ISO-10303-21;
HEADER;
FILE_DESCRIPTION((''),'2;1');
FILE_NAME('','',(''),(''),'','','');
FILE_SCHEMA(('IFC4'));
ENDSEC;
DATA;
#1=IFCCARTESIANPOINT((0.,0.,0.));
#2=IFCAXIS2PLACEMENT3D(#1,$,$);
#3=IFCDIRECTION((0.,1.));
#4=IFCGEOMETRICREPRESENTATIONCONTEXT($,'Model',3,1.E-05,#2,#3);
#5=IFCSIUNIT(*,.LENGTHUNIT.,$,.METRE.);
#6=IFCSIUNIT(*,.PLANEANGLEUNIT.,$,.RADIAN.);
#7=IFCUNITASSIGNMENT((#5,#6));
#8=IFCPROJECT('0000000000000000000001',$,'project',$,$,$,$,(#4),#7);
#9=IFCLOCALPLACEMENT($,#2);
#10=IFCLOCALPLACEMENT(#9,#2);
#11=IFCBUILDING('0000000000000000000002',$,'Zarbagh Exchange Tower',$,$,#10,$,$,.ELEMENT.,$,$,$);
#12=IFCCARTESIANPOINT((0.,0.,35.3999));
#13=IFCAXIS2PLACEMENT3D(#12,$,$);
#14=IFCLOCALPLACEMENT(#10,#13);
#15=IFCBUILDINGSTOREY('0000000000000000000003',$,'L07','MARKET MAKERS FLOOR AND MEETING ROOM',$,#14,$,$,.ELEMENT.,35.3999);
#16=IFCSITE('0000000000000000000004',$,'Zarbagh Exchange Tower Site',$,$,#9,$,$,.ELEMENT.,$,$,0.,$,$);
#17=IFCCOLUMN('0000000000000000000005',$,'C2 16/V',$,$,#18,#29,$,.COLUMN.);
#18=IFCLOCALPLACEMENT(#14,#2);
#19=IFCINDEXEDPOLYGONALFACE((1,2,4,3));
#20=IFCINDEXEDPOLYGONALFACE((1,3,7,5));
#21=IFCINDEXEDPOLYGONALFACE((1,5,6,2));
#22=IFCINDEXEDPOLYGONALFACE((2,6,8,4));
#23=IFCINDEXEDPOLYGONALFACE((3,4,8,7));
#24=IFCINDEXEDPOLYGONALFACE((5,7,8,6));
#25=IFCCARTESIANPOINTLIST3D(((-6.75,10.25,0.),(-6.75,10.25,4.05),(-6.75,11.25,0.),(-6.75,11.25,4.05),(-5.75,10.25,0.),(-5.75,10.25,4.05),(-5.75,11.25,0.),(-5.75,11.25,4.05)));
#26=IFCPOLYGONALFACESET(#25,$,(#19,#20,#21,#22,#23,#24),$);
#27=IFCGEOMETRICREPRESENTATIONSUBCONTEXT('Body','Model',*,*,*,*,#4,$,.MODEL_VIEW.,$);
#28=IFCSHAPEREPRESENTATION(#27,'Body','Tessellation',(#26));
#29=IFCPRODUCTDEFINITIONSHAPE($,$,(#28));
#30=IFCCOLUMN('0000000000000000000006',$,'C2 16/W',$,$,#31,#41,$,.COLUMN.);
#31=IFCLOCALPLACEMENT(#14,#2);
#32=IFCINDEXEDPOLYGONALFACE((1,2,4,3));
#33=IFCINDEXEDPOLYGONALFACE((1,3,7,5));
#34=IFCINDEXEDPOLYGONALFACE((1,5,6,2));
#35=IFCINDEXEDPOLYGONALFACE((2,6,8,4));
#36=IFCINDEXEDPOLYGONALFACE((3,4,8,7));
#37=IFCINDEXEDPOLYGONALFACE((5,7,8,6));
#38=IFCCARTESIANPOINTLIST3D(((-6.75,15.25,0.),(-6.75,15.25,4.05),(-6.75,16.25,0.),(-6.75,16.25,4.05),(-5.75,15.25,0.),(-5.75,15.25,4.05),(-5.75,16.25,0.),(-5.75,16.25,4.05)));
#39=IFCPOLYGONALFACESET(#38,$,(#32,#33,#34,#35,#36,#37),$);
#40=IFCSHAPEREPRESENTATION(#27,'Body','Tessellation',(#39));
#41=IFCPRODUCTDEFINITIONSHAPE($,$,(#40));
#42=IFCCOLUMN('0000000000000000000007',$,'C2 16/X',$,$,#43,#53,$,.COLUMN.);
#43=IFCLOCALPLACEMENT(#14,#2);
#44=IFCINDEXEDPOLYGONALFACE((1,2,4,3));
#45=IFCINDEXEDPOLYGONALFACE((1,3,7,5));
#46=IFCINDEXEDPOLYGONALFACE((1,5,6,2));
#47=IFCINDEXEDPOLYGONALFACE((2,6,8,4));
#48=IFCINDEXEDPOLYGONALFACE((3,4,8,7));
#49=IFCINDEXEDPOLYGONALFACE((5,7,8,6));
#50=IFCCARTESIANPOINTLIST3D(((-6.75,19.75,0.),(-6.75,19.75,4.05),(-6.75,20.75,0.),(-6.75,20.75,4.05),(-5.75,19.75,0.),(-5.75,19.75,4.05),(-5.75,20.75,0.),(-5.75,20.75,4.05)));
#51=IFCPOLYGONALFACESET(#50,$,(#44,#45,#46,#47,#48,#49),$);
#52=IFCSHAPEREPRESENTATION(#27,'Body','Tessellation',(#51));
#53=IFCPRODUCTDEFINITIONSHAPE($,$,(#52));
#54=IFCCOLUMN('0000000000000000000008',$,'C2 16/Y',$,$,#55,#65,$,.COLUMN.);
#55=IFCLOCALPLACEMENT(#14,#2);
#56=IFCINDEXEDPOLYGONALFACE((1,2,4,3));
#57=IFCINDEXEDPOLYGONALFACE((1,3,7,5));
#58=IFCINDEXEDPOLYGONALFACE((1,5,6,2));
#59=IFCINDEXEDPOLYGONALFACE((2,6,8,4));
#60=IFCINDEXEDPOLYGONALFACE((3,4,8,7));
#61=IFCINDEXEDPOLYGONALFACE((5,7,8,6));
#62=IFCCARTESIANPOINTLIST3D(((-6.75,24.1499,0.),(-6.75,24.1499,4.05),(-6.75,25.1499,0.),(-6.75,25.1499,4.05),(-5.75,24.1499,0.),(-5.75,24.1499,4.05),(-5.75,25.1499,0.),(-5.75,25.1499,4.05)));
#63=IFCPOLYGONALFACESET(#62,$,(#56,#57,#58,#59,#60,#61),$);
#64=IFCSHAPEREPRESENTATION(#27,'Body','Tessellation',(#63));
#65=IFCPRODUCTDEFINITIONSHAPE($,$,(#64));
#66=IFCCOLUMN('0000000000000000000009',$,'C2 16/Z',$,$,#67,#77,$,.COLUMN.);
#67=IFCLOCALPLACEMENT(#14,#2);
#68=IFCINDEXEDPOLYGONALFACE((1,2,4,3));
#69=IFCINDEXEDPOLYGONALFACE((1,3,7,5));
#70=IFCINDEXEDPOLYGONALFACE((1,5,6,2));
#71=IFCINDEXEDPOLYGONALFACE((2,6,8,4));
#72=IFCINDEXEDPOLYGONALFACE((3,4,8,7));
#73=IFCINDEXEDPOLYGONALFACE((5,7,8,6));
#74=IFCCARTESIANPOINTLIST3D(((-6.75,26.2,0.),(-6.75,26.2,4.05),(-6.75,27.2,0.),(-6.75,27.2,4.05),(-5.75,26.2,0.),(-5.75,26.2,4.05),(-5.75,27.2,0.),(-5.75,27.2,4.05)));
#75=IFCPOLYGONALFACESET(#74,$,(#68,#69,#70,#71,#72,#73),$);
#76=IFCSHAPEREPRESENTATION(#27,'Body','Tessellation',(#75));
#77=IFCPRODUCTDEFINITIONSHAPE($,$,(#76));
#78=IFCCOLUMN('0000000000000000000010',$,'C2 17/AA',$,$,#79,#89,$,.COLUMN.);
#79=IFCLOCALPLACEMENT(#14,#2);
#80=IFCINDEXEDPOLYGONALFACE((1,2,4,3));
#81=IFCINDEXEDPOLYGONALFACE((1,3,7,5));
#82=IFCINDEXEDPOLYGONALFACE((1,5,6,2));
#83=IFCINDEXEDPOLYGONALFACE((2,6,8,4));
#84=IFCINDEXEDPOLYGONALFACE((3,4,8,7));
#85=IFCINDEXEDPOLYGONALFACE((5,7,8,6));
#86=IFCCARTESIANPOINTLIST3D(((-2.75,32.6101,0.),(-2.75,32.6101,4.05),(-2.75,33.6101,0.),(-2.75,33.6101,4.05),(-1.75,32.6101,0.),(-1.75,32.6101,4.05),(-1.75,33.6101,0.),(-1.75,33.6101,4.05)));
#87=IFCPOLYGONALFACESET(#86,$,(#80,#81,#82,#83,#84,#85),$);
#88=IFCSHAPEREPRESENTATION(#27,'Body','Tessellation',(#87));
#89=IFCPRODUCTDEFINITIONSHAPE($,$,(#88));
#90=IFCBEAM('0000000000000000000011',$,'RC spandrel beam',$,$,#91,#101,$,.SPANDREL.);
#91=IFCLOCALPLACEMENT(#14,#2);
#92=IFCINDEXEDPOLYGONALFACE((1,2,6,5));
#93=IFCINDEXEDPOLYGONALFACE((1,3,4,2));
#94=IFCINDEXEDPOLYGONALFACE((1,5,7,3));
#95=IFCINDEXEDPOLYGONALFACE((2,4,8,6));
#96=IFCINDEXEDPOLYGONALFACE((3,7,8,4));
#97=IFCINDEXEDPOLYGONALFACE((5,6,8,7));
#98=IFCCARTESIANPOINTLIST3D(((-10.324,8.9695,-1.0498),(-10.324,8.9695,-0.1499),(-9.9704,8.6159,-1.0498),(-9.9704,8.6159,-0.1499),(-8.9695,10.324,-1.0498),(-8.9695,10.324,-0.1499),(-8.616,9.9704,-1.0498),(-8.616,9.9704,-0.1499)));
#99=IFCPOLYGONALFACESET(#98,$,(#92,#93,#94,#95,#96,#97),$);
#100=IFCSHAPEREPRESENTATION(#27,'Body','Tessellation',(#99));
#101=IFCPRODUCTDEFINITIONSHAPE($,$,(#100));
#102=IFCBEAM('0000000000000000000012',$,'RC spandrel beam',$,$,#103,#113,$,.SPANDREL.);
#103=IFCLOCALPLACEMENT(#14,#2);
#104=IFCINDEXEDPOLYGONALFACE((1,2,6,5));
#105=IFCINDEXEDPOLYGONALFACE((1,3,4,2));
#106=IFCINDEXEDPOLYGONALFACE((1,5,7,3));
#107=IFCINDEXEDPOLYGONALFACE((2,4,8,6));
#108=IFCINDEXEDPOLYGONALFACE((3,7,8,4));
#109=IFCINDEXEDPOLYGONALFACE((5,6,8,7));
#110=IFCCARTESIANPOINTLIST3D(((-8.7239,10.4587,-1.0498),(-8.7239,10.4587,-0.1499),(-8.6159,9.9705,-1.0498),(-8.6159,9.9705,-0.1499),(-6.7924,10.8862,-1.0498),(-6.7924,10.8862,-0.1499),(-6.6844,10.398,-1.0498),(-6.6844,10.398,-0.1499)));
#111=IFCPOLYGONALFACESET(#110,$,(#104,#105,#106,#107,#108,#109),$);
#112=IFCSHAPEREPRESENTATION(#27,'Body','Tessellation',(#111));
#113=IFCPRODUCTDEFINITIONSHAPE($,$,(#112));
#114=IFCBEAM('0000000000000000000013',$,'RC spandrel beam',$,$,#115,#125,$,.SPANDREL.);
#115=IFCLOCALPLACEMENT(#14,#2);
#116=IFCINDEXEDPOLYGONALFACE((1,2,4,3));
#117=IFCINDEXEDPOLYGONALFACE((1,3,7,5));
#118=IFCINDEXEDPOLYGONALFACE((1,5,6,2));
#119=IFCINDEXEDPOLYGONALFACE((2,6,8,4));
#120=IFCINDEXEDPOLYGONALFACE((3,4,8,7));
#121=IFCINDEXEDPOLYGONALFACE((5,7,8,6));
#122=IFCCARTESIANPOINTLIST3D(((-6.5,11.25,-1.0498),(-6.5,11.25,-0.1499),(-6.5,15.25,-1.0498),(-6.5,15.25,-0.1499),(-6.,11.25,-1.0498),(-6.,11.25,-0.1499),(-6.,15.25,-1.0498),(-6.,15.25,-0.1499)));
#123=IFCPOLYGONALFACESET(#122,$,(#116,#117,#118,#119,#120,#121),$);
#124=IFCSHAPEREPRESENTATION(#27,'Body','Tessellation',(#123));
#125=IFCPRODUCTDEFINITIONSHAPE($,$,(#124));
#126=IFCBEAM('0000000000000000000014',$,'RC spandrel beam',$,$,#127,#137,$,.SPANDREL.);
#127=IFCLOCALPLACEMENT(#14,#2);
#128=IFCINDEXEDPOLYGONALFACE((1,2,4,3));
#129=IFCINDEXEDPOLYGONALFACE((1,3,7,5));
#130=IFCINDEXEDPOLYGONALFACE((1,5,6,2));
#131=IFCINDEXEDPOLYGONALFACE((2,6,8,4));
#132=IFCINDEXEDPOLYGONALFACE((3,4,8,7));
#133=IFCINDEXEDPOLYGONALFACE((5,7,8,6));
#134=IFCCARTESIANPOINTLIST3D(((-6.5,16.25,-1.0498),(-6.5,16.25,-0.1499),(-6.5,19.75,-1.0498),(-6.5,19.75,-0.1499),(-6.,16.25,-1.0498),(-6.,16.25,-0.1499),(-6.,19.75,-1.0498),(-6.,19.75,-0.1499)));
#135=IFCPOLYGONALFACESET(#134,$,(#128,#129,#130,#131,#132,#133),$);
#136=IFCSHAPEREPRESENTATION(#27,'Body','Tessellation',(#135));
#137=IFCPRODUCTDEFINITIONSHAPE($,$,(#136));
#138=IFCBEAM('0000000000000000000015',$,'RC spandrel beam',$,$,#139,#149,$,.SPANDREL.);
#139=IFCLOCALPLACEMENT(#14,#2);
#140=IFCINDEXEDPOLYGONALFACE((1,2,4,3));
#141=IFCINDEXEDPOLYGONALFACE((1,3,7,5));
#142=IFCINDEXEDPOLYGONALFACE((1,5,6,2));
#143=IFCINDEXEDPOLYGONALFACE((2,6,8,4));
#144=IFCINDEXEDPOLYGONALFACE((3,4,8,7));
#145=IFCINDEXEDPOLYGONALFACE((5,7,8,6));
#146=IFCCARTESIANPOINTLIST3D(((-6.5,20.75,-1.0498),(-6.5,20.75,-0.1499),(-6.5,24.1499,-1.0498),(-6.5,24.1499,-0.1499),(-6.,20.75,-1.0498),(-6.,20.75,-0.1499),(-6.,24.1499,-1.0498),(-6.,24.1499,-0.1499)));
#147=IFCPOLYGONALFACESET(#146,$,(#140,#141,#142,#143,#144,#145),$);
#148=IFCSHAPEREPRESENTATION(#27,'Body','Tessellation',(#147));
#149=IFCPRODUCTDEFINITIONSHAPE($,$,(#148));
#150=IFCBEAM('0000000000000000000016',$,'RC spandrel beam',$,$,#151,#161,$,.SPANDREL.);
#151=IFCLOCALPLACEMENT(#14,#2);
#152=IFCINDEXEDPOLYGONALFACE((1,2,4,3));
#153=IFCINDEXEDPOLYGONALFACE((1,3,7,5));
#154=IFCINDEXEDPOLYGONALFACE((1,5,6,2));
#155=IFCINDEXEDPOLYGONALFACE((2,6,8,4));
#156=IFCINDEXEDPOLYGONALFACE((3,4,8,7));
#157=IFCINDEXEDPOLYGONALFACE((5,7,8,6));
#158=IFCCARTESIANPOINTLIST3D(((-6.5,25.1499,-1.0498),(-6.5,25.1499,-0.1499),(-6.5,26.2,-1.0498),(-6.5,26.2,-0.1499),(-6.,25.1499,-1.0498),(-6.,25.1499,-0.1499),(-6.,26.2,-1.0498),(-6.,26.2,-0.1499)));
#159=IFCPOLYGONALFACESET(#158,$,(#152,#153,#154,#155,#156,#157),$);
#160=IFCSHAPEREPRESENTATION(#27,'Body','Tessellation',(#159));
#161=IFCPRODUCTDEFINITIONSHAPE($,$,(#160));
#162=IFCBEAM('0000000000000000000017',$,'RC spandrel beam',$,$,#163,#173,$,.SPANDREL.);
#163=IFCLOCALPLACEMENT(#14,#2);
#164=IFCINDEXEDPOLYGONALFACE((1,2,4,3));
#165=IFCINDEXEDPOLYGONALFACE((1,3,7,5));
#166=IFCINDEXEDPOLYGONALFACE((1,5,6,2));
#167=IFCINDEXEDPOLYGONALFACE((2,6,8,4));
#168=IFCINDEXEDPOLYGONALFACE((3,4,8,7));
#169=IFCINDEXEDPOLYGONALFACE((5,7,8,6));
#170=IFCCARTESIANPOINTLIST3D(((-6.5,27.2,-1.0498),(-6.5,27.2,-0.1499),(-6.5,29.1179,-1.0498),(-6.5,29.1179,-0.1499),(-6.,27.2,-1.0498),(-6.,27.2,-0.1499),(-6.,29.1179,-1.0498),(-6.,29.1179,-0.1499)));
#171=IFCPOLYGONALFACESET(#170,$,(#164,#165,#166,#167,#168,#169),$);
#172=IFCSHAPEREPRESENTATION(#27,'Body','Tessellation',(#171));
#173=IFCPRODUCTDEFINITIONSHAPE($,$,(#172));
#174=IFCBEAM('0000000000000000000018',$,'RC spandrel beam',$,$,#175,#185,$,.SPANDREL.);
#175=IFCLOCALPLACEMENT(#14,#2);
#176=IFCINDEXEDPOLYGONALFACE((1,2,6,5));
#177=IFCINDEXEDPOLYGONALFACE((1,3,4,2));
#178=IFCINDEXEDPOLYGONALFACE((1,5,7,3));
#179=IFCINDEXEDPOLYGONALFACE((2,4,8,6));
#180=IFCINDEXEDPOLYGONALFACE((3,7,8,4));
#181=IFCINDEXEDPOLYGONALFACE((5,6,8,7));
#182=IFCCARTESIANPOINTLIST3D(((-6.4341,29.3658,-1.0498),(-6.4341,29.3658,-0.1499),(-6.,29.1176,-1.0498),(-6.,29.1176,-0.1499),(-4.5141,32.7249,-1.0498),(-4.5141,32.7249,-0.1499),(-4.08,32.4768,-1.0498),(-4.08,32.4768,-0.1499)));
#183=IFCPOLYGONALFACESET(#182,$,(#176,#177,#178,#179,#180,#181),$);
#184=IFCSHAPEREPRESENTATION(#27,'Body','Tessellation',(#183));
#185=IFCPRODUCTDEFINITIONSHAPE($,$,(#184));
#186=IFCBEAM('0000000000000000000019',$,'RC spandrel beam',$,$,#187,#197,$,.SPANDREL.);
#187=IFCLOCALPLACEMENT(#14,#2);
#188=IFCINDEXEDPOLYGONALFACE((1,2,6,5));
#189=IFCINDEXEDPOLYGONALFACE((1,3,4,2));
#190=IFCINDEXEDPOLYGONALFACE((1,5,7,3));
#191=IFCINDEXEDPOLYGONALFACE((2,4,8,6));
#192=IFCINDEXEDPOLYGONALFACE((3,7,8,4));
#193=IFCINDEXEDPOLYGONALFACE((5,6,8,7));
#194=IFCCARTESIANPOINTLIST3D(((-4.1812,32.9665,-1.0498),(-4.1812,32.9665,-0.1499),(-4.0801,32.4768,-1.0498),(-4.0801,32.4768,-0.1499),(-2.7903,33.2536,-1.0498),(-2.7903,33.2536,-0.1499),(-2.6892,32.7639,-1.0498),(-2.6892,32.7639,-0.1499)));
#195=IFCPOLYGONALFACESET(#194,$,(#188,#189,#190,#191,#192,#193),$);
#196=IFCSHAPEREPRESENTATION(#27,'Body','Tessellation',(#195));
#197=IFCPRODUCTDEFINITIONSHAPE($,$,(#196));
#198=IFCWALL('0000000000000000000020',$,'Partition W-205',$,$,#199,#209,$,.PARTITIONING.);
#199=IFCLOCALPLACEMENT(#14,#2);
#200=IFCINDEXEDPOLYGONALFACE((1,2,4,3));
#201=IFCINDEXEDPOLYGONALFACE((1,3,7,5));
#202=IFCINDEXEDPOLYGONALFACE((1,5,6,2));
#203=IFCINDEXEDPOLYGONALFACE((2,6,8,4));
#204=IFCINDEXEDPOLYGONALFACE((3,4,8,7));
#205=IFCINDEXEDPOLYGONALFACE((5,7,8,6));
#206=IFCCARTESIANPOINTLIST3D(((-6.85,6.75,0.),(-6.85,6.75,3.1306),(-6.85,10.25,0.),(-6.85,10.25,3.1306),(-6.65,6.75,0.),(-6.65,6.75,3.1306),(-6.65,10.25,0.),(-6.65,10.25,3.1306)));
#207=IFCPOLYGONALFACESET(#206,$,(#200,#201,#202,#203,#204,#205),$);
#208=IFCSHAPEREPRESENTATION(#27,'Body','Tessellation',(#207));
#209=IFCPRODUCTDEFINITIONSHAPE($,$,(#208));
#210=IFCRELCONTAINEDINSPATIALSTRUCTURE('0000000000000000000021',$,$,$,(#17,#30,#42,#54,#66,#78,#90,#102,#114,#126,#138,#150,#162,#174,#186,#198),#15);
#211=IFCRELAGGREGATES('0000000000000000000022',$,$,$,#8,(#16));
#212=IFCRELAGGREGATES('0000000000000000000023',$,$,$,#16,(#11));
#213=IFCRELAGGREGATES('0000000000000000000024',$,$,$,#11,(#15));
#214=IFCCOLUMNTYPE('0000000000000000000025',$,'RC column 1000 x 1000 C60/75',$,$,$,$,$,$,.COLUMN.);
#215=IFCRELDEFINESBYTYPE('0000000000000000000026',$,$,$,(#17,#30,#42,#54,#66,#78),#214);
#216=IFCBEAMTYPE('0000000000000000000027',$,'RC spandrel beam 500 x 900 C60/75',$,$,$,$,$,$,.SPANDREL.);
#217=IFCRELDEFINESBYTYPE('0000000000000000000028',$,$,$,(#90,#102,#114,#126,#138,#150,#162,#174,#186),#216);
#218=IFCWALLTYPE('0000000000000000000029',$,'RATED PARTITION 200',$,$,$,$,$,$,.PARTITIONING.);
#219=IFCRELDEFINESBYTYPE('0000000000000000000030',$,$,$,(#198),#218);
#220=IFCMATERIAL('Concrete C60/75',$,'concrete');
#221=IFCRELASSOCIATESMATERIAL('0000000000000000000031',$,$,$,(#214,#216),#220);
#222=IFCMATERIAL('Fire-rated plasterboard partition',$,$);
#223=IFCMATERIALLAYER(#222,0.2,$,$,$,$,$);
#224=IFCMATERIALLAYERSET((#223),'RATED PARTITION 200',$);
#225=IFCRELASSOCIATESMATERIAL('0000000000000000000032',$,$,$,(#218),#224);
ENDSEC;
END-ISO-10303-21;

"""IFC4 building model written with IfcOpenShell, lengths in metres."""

from ifc_helpers import new_model, si_unit, direction, frame, frame_2d, origin, origin_2d, place, context, subcontext, project, spatial, rectangle, extrude, material, layer, layer_set, material_profile, profile_set, type_object, element, save


model = new_model("IFC4")

# Units and contexts
model_context = context("Model", 3, precision=1e-05, world=origin(), true_north=direction((0.0, 1.0)))
body_context = subcontext(model_context, "Body", "Model", "MODEL_VIEW")
ifc_project = project(units=[si_unit("LENGTHUNIT", "METRE"), si_unit("PLANEANGLEUNIT", "RADIAN")], contexts=[model_context])

# Site, building, storey
site_placement = place(None, origin())
site = spatial("IfcSite", under=ifc_project, at=site_placement, Name="Zarbagh Exchange Tower Site", CompositionType="ELEMENT", RefElevation=0.0)
building_placement = place(site_placement, origin())
building = spatial("IfcBuilding", under=site, at=building_placement, Name="Zarbagh Exchange Tower", CompositionType="ELEMENT")
storey_placement = place(building_placement, frame((0.0, 0.0, 35.3999)))
storey = spatial("IfcBuildingStorey", under=building, at=storey_placement, Name="L07", Description="MARKET MAKERS FLOOR AND MEETING ROOM", CompositionType="ELEMENT", Elevation=35.3999)

# Columns
ifc_material_1 = material(Name="Concrete C60/75", Category="concrete")
ifc_material_profile_1 = material_profile(ifc_material_1, rectangle(XDim=1.0, YDim=1.0, at=origin_2d()), Name="RC column 1000 x 1000 C60/75")
ifc_profile_set_1 = profile_set([ifc_material_profile_1], Name="Concrete C60/75")
column_type = type_object("IfcColumnType", Name="RC column 1000 x 1000 C60/75", PredefinedType="COLUMN", material=ifc_profile_set_1)
for number, where, z_axis, x_axis, name in (
    (1, (-6.25, 10.75, 0.0), (0.0, 0.0, 1.0), (1.0, 0.0, 0.0), "C2 16/V"),
    (2, (-6.25, 15.75, 0.0), (0.0, 0.0, 1.0), (1.0, 0.0, 0.0), "C2 16/W"),
    (3, (-6.25, 20.25, 0.0), (0.0, 0.0, 1.0), (1.0, 0.0, 0.0), "C2 16/X"),
    (4, (-6.25, 24.6499, 0.0), (0.0, 0.0, 1.0), (1.0, 0.0, 0.0), "C2 16/Y"),
    (5, (-6.25, 26.7, 0.0), (0.0, 0.0, 1.0), (1.0, 0.0, 0.0), "C2 16/Z"),
    (6, (-2.25, 33.1101, 0.0), (0.0, 0.0, 1.0), (1.0, 0.0, 0.0), "C2 17/AA"),
):
    element("IfcColumn", number, at=place(storey_placement, frame(where, z_axis=z_axis, x_axis=x_axis)), inside=storey, type_object=column_type, Name=name, PredefinedType="COLUMN", context=body_context, shape_type="SweptSolid", body=[
        extrude(rectangle(XDim=1.0, YDim=1.0, at=origin_2d()), origin(), (0.0, 0.0, 1.0), 4.05),
    ])

# Beams
ifc_material_profile_2 = material_profile(ifc_material_1, rectangle(XDim=0.5, YDim=0.8999, at=origin_2d()), Name="RC spandrel beam 500 x 900 C60/75")
ifc_profile_set_2 = profile_set([ifc_material_profile_2], Name="Concrete C60/75")
beam_type = type_object("IfcBeamType", Name="RC spandrel beam 500 x 900 C60/75", PredefinedType="SPANDREL", material=ifc_profile_set_2)
beam_1_placement = place(storey_placement, frame((-10.1472, 8.7927, -0.5999), z_axis=(0.707107, 0.707107, 0.0), x_axis=(-0.707107, 0.707107, 0.0)))
element("IfcBeam", 7, at=beam_1_placement, inside=storey, type_object=beam_type, Name="RC spandrel beam", PredefinedType="SPANDREL", context=body_context, shape_type="SweptSolid", body=[
    extrude(rectangle(XDim=0.5, YDim=0.8999, at=origin_2d()), origin(), (0.0, 0.0, 1.0), 1.9155),
])
beam_2_placement = place(storey_placement, frame((-8.6699, 10.2146, -0.5999), z_axis=(0.976375, 0.216081, 0.0), x_axis=(-0.216081, 0.976375, 0.0)))
element("IfcBeam", 8, at=beam_2_placement, inside=storey, type_object=beam_type, Name="RC spandrel beam", PredefinedType="SPANDREL", context=body_context, shape_type="SweptSolid", body=[
    extrude(rectangle(XDim=0.5, YDim=0.8999, at=origin_2d()), origin(), (0.0, 0.0, 1.0), 1.9783),
])
beam_3_placement = place(storey_placement, frame((-6.25, 11.25, -0.5999), z_axis=(0.0, 1.0, 0.0), x_axis=(-1.0, 0.0, 0.0)))
element("IfcBeam", 9, at=beam_3_placement, inside=storey, type_object=beam_type, Name="RC spandrel beam", PredefinedType="SPANDREL", context=body_context, shape_type="SweptSolid", body=[
    extrude(rectangle(XDim=0.5, YDim=0.8999, at=origin_2d()), origin(), (0.0, 0.0, 1.0), 4.0),
])
beam_4_placement = place(storey_placement, frame((-6.25, 16.25, -0.5999), z_axis=(0.0, 1.0, 0.0), x_axis=(-1.0, 0.0, 0.0)))
element("IfcBeam", 10, at=beam_4_placement, inside=storey, type_object=beam_type, Name="RC spandrel beam", PredefinedType="SPANDREL", context=body_context, shape_type="SweptSolid", body=[
    extrude(rectangle(XDim=0.5, YDim=0.8999, at=origin_2d()), origin(), (0.0, 0.0, 1.0), 3.5),
])
beam_5_placement = place(storey_placement, frame((-6.25, 20.75, -0.5999), z_axis=(0.0, 1.0, 0.0), x_axis=(-1.0, 0.0, 0.0)))
element("IfcBeam", 11, at=beam_5_placement, inside=storey, type_object=beam_type, Name="RC spandrel beam", PredefinedType="SPANDREL", context=body_context, shape_type="SweptSolid", body=[
    extrude(rectangle(XDim=0.5, YDim=0.8999, at=origin_2d()), origin(), (0.0, 0.0, 1.0), 3.3999),
])
beam_6_placement = place(storey_placement, frame((-6.25, 25.1499, -0.5999), z_axis=(0.0, 1.0, 0.0), x_axis=(-1.0, 0.0, 0.0)))
element("IfcBeam", 12, at=beam_6_placement, inside=storey, type_object=beam_type, Name="RC spandrel beam", PredefinedType="SPANDREL", context=body_context, shape_type="SweptSolid", body=[
    extrude(rectangle(XDim=0.5, YDim=0.8999, at=origin_2d()), origin(), (0.0, 0.0, 1.0), 1.05),
])
beam_7_placement = place(storey_placement, frame((-6.25, 27.2, -0.5999), z_axis=(0.0, 1.0, 0.0), x_axis=(-1.0, 0.0, 0.0)))
element("IfcBeam", 13, at=beam_7_placement, inside=storey, type_object=beam_type, Name="RC spandrel beam", PredefinedType="SPANDREL", context=body_context, shape_type="SweptSolid", body=[
    extrude(rectangle(XDim=0.5, YDim=0.8999, at=origin_2d()), origin(), (0.0, 0.0, 1.0), 1.918),
])
beam_8_placement = place(storey_placement, frame((-6.217, 29.2417, -0.5999), z_axis=(0.49622, 0.868197, 0.0), x_axis=(-0.868197, 0.49622, 0.0)))
element("IfcBeam", 14, at=beam_8_placement, inside=storey, type_object=beam_type, Name="RC spandrel beam", PredefinedType="SPANDREL", context=body_context, shape_type="SweptSolid", body=[
    extrude(rectangle(XDim=0.5, YDim=0.8999, at=origin_2d()), origin(), (0.0, 0.0, 1.0), 3.8691),
])
beam_9_placement = place(storey_placement, frame((-4.1306, 32.7217, -0.5999), z_axis=(0.979352, 0.202162, 0.0), x_axis=(-0.202162, 0.979352, 0.0)))
element("IfcBeam", 15, at=beam_9_placement, inside=storey, type_object=beam_type, Name="RC spandrel beam", PredefinedType="SPANDREL", context=body_context, shape_type="SweptSolid", body=[
    extrude(rectangle(XDim=0.5, YDim=0.8999, at=origin_2d()), origin(), (0.0, 0.0, 1.0), 1.4202),
])

# Wall
ifc_material_2 = material(Name="Fire-rated plasterboard partition")
ifc_layer_1 = layer(ifc_material_2, 0.2)
ifc_layer_set_1 = layer_set([ifc_layer_1], Name="RATED PARTITION 200")
wall_type_1 = type_object("IfcWallType", Name="RATED PARTITION 200", PredefinedType="PARTITIONING", material=ifc_layer_set_1)
wall_1_placement = place(storey_placement, frame((-6.75, 6.75, 0.0), z_axis=(0.0, 0.0, 1.0), x_axis=(0.0, 1.0, 0.0)))
element("IfcWall", 16, at=wall_1_placement, inside=storey, type_object=wall_type_1, Name="Partition W-205", PredefinedType="PARTITIONING", context=body_context, shape_type="SweptSolid", body=[
    extrude(rectangle(XDim=3.5, YDim=0.2, at=frame_2d((1.75, 0.0))), origin(), (0.0, 0.0, 1.0), 3.1306),
])

save(model, "model.ifc")
